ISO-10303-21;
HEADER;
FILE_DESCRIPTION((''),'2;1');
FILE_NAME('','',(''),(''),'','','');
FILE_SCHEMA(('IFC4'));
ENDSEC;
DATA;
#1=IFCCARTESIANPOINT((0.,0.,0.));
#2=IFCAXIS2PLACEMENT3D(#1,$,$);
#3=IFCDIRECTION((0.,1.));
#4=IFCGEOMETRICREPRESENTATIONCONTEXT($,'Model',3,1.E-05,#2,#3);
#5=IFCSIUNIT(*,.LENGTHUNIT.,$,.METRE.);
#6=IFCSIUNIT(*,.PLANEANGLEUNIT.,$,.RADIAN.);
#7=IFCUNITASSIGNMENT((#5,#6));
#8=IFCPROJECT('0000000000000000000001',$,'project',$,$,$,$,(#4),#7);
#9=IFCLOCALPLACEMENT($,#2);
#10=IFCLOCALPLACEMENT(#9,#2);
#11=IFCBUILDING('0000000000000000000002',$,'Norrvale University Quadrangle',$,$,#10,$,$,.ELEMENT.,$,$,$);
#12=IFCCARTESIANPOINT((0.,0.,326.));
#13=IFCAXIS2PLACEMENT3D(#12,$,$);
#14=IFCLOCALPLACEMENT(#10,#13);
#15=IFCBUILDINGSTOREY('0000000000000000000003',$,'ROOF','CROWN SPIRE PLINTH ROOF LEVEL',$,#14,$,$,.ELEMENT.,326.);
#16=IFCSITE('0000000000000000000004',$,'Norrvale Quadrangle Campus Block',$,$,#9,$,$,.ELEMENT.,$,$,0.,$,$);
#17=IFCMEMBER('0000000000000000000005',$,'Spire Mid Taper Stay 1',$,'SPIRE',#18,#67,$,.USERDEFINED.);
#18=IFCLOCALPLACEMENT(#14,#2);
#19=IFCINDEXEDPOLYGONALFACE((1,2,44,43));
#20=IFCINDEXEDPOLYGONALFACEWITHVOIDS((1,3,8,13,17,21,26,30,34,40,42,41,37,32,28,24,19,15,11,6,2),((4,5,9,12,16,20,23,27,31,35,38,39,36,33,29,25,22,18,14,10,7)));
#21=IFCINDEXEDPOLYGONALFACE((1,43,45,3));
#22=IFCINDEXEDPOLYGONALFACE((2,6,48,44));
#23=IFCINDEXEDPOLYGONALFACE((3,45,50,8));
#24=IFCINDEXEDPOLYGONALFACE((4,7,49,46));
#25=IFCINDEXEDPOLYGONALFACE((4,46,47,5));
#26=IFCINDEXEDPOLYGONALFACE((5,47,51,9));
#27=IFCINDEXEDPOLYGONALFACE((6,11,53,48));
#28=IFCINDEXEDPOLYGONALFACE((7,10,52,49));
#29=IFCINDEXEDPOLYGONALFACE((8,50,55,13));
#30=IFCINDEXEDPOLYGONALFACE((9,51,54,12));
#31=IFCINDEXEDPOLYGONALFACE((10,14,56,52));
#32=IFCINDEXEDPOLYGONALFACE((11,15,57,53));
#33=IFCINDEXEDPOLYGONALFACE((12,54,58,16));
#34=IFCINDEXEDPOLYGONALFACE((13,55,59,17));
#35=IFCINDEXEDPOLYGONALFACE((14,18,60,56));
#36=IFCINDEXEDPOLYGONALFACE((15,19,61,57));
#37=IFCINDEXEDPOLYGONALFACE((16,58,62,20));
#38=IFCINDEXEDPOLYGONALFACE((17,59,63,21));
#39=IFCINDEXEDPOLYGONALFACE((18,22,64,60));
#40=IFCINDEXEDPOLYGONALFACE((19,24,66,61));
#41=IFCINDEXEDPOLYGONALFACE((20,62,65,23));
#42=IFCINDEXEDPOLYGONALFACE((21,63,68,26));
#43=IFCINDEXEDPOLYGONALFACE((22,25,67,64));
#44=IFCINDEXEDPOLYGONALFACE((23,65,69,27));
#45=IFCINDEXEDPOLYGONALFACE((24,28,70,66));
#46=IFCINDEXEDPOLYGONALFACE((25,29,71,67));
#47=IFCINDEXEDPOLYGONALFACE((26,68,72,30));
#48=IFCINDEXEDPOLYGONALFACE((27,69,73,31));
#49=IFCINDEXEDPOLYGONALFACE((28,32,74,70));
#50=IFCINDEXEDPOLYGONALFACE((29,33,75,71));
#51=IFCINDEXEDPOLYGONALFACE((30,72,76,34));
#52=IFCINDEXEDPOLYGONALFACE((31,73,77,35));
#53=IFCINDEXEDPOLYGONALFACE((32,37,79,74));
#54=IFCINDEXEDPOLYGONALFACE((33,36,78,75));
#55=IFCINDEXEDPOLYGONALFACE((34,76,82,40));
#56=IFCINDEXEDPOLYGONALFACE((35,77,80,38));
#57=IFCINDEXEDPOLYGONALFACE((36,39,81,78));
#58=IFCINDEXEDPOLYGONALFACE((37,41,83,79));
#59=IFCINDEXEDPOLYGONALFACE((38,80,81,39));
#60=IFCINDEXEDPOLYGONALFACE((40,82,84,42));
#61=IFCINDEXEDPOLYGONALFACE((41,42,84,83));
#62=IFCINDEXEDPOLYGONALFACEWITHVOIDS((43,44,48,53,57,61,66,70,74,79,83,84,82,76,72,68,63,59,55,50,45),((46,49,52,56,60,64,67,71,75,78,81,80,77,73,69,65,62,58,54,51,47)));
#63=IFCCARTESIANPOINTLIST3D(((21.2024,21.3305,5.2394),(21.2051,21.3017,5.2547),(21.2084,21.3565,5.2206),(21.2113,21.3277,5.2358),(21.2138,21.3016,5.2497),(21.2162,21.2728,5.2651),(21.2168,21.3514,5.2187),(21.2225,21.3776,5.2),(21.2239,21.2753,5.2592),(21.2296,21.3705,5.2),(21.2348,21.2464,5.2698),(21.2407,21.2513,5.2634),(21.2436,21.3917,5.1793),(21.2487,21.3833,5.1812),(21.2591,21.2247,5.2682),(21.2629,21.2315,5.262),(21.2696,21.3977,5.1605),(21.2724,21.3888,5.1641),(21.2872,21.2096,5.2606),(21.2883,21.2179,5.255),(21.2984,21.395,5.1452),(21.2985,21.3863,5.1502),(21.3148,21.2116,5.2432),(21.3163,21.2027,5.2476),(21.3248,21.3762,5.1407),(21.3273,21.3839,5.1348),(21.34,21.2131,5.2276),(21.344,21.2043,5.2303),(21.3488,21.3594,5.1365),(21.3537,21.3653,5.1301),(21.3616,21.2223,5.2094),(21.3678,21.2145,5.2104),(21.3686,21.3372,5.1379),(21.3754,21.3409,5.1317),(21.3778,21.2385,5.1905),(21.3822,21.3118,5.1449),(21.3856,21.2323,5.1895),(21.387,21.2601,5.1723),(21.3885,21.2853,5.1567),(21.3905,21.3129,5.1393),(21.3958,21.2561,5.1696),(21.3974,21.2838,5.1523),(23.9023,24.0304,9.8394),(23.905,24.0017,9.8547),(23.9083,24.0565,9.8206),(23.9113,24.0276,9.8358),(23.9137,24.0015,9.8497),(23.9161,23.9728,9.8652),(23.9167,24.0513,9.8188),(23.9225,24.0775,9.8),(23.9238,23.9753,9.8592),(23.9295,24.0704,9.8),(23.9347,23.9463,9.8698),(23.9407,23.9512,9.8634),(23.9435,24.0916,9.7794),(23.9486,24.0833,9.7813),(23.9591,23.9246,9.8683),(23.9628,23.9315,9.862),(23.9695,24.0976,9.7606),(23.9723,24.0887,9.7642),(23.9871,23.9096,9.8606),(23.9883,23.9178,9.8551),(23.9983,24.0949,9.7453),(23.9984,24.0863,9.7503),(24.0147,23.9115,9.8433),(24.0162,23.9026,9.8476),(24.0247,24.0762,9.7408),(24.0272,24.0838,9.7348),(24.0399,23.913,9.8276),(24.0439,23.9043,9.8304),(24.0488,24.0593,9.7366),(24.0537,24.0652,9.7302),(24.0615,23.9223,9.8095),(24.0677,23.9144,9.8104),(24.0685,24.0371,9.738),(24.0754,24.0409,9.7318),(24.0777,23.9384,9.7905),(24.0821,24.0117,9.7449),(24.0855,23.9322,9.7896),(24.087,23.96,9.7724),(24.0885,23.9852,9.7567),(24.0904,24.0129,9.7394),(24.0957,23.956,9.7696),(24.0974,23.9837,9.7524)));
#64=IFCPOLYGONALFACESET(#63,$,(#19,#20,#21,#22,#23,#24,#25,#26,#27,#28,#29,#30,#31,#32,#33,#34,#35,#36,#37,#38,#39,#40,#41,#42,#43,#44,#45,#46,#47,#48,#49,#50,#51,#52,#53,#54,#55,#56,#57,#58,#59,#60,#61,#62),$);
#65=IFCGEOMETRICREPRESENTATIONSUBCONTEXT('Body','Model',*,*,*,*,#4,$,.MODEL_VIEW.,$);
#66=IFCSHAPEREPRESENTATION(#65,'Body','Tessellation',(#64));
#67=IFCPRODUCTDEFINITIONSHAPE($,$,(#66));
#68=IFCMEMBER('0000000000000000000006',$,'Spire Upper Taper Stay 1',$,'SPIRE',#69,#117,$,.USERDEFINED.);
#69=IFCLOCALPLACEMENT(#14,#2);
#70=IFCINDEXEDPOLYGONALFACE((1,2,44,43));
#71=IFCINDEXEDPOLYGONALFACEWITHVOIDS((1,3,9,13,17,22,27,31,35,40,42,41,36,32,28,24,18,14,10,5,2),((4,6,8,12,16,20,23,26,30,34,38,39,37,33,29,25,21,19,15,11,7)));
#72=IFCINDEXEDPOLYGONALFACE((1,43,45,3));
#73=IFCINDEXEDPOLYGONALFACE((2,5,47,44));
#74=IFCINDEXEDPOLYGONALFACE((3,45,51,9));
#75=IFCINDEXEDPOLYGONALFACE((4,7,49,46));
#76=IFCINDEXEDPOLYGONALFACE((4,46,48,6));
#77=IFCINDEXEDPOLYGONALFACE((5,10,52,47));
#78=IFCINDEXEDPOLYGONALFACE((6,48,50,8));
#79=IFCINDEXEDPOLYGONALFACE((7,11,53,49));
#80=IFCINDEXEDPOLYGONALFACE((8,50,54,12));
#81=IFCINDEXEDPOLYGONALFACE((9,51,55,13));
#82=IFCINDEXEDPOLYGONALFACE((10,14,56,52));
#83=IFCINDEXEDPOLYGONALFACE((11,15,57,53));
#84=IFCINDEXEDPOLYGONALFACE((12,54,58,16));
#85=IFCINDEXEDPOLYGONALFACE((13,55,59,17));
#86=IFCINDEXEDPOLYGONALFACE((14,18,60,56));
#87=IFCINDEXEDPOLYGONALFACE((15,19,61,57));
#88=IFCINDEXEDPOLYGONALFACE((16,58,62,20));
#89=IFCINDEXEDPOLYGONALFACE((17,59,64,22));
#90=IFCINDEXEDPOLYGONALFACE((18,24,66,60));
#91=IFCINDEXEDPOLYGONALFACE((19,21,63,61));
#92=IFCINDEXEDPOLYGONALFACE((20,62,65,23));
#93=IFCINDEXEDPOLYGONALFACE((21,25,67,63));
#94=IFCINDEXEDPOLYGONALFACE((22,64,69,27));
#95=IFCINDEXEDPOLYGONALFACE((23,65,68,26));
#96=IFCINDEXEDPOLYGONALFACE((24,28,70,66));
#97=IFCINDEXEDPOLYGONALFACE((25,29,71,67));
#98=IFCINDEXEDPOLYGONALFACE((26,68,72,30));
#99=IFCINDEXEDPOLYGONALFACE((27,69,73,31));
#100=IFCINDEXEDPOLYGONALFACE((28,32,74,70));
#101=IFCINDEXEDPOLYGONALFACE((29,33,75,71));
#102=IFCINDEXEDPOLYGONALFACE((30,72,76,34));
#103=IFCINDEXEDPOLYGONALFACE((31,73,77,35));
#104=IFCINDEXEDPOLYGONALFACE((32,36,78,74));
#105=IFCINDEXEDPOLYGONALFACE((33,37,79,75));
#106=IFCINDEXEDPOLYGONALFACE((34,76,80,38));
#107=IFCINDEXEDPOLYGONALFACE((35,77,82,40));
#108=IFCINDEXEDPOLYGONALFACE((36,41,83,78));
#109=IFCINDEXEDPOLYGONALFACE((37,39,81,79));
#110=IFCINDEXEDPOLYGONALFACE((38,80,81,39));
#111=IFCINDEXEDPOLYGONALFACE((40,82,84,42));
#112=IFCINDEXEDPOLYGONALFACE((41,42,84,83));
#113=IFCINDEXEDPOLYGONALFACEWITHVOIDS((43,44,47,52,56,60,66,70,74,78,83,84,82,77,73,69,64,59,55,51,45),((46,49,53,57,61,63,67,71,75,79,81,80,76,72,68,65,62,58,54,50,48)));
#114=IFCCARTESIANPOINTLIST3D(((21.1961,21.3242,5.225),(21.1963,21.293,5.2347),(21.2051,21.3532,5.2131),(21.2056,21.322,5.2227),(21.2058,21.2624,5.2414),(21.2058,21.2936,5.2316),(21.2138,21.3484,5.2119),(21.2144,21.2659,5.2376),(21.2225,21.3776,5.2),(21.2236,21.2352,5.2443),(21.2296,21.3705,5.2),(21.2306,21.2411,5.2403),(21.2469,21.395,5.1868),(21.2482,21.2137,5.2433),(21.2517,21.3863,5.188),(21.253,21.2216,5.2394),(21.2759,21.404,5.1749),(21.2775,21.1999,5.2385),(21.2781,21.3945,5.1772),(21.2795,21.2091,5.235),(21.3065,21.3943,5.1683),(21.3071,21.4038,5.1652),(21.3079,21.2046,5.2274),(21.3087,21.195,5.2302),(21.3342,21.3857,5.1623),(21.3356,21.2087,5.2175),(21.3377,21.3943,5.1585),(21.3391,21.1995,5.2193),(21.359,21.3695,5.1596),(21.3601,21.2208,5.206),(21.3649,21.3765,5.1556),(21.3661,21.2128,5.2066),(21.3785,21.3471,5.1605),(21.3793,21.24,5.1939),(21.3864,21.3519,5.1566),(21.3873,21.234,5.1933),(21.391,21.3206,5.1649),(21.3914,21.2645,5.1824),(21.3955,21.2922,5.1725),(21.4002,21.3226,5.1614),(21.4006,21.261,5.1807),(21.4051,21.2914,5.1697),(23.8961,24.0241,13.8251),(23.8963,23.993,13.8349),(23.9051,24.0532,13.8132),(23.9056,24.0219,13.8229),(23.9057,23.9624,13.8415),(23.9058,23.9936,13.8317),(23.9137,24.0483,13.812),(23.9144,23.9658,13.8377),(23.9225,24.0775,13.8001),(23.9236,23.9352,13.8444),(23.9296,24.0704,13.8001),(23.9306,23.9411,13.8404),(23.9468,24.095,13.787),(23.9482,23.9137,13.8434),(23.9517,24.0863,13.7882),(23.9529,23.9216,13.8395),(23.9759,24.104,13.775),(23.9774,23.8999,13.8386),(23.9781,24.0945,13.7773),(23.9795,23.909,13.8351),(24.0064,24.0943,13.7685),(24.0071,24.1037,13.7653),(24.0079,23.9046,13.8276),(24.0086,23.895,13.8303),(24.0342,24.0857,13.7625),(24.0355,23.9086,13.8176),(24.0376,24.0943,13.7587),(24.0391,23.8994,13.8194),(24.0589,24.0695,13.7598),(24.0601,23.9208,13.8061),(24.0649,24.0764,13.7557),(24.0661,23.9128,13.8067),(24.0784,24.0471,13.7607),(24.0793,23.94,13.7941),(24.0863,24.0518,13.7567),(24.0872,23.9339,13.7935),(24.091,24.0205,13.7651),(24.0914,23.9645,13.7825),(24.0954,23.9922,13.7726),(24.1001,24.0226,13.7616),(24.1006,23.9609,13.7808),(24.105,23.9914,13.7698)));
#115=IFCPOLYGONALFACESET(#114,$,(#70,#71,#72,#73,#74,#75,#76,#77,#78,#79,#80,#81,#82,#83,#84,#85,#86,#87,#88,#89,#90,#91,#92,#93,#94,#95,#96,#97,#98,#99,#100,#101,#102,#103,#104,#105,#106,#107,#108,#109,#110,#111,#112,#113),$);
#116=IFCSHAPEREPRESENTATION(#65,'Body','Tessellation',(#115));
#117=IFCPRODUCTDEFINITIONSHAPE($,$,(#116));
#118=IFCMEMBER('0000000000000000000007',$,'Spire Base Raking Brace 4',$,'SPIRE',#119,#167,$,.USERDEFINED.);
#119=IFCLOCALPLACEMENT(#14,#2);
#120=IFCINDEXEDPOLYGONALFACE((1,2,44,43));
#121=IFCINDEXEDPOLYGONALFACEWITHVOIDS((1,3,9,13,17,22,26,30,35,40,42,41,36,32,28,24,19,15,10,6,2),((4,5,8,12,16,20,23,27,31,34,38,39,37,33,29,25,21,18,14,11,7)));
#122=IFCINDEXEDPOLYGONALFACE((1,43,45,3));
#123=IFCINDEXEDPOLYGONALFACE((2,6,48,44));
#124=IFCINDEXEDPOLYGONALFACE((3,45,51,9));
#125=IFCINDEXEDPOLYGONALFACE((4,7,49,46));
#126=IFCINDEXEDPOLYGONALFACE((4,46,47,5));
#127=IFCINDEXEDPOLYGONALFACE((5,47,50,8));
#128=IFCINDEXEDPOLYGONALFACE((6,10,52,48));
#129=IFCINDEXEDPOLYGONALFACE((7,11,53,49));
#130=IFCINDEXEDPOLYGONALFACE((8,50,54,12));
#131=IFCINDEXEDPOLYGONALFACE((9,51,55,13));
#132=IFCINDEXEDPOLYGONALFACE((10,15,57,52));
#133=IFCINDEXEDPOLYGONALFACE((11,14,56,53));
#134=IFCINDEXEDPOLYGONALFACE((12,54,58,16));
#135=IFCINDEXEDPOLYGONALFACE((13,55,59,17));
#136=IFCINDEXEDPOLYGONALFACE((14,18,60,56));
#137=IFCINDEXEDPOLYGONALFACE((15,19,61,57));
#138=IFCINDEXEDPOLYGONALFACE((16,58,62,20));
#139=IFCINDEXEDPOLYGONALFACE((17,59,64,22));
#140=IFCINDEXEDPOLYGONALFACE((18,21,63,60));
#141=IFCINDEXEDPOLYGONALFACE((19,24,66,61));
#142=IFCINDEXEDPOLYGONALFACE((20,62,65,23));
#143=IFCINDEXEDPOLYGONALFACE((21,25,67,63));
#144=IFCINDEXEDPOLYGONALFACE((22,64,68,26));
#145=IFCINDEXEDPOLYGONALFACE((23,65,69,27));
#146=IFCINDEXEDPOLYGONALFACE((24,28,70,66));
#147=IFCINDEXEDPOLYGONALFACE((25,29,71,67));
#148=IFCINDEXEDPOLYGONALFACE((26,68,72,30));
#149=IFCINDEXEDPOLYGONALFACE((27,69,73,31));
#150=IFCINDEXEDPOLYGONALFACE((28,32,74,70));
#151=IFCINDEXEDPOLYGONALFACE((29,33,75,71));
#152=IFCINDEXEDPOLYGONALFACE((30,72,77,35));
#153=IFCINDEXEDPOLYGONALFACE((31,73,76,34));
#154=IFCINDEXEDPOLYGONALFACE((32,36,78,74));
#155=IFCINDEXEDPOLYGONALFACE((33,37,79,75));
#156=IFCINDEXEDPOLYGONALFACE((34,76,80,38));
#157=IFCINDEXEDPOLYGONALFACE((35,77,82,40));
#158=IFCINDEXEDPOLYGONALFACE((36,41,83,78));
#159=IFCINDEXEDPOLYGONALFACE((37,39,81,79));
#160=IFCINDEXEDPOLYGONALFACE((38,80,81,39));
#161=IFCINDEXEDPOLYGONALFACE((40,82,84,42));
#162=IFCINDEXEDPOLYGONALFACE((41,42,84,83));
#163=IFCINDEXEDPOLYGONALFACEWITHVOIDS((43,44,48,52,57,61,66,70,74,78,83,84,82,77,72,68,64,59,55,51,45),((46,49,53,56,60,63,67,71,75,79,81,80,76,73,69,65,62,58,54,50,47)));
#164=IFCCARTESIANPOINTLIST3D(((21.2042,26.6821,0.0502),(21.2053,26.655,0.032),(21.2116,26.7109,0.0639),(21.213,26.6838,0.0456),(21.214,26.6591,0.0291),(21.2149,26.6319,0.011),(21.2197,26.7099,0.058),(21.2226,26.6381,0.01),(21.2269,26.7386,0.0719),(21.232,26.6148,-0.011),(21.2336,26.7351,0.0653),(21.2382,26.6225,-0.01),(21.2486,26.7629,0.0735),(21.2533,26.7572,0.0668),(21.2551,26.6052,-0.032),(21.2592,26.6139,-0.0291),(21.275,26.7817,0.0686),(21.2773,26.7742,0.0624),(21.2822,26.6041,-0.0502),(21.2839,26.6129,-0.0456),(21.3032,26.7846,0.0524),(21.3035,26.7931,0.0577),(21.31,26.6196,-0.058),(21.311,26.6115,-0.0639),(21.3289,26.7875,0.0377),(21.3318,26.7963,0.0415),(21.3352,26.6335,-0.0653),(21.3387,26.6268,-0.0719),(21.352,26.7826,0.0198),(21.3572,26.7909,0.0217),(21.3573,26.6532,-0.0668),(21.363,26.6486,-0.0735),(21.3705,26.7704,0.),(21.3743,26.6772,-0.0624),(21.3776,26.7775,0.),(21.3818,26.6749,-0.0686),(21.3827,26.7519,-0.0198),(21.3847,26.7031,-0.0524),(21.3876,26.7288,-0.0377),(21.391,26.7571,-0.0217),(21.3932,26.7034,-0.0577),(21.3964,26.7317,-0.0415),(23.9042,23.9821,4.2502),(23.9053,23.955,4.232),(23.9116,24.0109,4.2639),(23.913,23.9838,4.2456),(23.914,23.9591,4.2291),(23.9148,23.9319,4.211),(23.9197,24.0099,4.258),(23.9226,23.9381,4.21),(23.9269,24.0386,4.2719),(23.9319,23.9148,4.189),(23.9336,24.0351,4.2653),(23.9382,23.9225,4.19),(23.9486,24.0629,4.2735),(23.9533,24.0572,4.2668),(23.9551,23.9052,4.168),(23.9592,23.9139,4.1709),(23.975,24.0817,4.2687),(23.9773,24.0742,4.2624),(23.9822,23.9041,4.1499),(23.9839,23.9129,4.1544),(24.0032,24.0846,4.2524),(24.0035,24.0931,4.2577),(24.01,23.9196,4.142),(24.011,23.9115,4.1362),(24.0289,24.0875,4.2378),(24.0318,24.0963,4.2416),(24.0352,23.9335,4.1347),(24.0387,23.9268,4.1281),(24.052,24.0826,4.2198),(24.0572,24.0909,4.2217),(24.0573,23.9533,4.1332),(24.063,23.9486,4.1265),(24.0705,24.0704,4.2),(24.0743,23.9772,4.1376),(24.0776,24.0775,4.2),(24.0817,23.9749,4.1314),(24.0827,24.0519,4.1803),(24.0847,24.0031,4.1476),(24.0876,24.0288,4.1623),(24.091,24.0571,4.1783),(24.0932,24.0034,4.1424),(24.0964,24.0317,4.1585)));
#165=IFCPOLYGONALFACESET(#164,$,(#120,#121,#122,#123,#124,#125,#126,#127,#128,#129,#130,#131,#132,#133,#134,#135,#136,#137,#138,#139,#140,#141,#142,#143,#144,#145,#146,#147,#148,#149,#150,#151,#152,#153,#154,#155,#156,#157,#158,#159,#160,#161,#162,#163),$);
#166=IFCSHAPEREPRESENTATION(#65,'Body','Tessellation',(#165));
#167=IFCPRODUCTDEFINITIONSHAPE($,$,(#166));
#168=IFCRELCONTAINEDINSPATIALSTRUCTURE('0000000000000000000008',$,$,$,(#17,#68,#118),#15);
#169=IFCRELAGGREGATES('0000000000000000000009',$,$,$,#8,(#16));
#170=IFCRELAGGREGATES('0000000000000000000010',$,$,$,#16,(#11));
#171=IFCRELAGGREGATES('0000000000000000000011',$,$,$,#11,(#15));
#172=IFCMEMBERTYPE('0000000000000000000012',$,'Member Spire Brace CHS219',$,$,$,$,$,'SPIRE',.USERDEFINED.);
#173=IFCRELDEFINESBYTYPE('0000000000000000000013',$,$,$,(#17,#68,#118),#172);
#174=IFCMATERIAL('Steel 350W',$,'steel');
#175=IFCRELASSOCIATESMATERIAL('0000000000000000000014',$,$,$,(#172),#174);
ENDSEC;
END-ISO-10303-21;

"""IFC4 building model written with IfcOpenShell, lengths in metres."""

from ifc_helpers import new_model, si_unit, direction, frame, origin, origin_2d, place, context, subcontext, project, spatial, hollow_circle, extrude, material, material_profile, profile_set, type_object, element, save


model = new_model("IFC4")

# Units and contexts
model_context = context("Model", 3, precision=1e-05, world=origin(), true_north=direction((0.0, 1.0)))
body_context = subcontext(model_context, "Body", "Model", "MODEL_VIEW")
ifc_project = project(units=[si_unit("LENGTHUNIT", "METRE"), si_unit("PLANEANGLEUNIT", "RADIAN")], contexts=[model_context])

# Site, building, storey
site_placement = place(None, origin())
site = spatial("IfcSite", under=ifc_project, at=site_placement, Name="Norrvale Quadrangle Campus Block", CompositionType="ELEMENT", RefElevation=0.0)
building_placement = place(site_placement, origin())
building = spatial("IfcBuilding", under=site, at=building_placement, Name="Norrvale University Quadrangle", CompositionType="ELEMENT")
storey_placement = place(building_placement, frame((0.0, 0.0, 326.0)))
storey = spatial("IfcBuildingStorey", under=building, at=storey_placement, Name="ROOF", Description="CROWN SPIRE PLINTH ROOF LEVEL", CompositionType="ELEMENT", Elevation=326.0)

# Shared definitions
ifc_material_1 = material(Name="Steel 350W", Category="steel")

# Members
ifc_material_profile_1 = material_profile(ifc_material_1, hollow_circle(Radius=0.1096, WallThickness=0.01, at=origin_2d()), Name="Steel 350W")
ifc_profile_set_1 = profile_set([ifc_material_profile_1], Name="Steel 350W")
member_type_1 = type_object("IfcMemberType", Name="Member Spire Brace CHS219", ElementType="SPIRE", PredefinedType="USERDEFINED", material=ifc_profile_set_1)
member_1_placement = place(storey_placement, frame((21.3, 21.3, 5.2), z_axis=(0.451623, 0.451623, 0.769463), x_axis=(-0.707107, 0.707107, 0.0)))
element("IfcMember", 1, at=member_1_placement, inside=storey, type_object=member_type_1, Name="Spire Mid Taper Stay 1", ObjectType="SPIRE", PredefinedType="USERDEFINED", context=body_context, shape_type="SweptSolid", body=[
    extrude(hollow_circle(Radius=0.1096, WallThickness=0.01, at=origin_2d()), origin(), (0.0, 0.0, 1.0), 5.9783),
])
member_2_placement = place(storey_placement, frame((21.3, 21.3, 5.2), z_axis=(0.286935, 0.286935, 0.913968), x_axis=(-0.707107, 0.707107, 0.0)))
element("IfcMember", 2, at=member_2_placement, inside=storey, type_object=member_type_1, Name="Spire Upper Taper Stay 1", ObjectType="SPIRE", PredefinedType="USERDEFINED", context=body_context, shape_type="SweptSolid", body=[
    extrude(hollow_circle(Radius=0.1096, WallThickness=0.01, at=origin_2d()), origin(), (0.0, 0.0, 1.0), 9.4097),
])
member_3_placement = place(storey_placement, frame((21.3, 26.7, 0.0), z_axis=(0.475663, -0.475663, 0.739925), x_axis=(0.707107, 0.707107, 0.0)))
element("IfcMember", 3, at=member_3_placement, inside=storey, type_object=member_type_1, Name="Spire Base Raking Brace 4", ObjectType="SPIRE", PredefinedType="USERDEFINED", context=body_context, shape_type="SweptSolid", body=[
    extrude(hollow_circle(Radius=0.1096, WallThickness=0.01, at=origin_2d()), origin(), (0.0, 0.0, 1.0), 5.6763),
])

save(model, "model.ifc")
